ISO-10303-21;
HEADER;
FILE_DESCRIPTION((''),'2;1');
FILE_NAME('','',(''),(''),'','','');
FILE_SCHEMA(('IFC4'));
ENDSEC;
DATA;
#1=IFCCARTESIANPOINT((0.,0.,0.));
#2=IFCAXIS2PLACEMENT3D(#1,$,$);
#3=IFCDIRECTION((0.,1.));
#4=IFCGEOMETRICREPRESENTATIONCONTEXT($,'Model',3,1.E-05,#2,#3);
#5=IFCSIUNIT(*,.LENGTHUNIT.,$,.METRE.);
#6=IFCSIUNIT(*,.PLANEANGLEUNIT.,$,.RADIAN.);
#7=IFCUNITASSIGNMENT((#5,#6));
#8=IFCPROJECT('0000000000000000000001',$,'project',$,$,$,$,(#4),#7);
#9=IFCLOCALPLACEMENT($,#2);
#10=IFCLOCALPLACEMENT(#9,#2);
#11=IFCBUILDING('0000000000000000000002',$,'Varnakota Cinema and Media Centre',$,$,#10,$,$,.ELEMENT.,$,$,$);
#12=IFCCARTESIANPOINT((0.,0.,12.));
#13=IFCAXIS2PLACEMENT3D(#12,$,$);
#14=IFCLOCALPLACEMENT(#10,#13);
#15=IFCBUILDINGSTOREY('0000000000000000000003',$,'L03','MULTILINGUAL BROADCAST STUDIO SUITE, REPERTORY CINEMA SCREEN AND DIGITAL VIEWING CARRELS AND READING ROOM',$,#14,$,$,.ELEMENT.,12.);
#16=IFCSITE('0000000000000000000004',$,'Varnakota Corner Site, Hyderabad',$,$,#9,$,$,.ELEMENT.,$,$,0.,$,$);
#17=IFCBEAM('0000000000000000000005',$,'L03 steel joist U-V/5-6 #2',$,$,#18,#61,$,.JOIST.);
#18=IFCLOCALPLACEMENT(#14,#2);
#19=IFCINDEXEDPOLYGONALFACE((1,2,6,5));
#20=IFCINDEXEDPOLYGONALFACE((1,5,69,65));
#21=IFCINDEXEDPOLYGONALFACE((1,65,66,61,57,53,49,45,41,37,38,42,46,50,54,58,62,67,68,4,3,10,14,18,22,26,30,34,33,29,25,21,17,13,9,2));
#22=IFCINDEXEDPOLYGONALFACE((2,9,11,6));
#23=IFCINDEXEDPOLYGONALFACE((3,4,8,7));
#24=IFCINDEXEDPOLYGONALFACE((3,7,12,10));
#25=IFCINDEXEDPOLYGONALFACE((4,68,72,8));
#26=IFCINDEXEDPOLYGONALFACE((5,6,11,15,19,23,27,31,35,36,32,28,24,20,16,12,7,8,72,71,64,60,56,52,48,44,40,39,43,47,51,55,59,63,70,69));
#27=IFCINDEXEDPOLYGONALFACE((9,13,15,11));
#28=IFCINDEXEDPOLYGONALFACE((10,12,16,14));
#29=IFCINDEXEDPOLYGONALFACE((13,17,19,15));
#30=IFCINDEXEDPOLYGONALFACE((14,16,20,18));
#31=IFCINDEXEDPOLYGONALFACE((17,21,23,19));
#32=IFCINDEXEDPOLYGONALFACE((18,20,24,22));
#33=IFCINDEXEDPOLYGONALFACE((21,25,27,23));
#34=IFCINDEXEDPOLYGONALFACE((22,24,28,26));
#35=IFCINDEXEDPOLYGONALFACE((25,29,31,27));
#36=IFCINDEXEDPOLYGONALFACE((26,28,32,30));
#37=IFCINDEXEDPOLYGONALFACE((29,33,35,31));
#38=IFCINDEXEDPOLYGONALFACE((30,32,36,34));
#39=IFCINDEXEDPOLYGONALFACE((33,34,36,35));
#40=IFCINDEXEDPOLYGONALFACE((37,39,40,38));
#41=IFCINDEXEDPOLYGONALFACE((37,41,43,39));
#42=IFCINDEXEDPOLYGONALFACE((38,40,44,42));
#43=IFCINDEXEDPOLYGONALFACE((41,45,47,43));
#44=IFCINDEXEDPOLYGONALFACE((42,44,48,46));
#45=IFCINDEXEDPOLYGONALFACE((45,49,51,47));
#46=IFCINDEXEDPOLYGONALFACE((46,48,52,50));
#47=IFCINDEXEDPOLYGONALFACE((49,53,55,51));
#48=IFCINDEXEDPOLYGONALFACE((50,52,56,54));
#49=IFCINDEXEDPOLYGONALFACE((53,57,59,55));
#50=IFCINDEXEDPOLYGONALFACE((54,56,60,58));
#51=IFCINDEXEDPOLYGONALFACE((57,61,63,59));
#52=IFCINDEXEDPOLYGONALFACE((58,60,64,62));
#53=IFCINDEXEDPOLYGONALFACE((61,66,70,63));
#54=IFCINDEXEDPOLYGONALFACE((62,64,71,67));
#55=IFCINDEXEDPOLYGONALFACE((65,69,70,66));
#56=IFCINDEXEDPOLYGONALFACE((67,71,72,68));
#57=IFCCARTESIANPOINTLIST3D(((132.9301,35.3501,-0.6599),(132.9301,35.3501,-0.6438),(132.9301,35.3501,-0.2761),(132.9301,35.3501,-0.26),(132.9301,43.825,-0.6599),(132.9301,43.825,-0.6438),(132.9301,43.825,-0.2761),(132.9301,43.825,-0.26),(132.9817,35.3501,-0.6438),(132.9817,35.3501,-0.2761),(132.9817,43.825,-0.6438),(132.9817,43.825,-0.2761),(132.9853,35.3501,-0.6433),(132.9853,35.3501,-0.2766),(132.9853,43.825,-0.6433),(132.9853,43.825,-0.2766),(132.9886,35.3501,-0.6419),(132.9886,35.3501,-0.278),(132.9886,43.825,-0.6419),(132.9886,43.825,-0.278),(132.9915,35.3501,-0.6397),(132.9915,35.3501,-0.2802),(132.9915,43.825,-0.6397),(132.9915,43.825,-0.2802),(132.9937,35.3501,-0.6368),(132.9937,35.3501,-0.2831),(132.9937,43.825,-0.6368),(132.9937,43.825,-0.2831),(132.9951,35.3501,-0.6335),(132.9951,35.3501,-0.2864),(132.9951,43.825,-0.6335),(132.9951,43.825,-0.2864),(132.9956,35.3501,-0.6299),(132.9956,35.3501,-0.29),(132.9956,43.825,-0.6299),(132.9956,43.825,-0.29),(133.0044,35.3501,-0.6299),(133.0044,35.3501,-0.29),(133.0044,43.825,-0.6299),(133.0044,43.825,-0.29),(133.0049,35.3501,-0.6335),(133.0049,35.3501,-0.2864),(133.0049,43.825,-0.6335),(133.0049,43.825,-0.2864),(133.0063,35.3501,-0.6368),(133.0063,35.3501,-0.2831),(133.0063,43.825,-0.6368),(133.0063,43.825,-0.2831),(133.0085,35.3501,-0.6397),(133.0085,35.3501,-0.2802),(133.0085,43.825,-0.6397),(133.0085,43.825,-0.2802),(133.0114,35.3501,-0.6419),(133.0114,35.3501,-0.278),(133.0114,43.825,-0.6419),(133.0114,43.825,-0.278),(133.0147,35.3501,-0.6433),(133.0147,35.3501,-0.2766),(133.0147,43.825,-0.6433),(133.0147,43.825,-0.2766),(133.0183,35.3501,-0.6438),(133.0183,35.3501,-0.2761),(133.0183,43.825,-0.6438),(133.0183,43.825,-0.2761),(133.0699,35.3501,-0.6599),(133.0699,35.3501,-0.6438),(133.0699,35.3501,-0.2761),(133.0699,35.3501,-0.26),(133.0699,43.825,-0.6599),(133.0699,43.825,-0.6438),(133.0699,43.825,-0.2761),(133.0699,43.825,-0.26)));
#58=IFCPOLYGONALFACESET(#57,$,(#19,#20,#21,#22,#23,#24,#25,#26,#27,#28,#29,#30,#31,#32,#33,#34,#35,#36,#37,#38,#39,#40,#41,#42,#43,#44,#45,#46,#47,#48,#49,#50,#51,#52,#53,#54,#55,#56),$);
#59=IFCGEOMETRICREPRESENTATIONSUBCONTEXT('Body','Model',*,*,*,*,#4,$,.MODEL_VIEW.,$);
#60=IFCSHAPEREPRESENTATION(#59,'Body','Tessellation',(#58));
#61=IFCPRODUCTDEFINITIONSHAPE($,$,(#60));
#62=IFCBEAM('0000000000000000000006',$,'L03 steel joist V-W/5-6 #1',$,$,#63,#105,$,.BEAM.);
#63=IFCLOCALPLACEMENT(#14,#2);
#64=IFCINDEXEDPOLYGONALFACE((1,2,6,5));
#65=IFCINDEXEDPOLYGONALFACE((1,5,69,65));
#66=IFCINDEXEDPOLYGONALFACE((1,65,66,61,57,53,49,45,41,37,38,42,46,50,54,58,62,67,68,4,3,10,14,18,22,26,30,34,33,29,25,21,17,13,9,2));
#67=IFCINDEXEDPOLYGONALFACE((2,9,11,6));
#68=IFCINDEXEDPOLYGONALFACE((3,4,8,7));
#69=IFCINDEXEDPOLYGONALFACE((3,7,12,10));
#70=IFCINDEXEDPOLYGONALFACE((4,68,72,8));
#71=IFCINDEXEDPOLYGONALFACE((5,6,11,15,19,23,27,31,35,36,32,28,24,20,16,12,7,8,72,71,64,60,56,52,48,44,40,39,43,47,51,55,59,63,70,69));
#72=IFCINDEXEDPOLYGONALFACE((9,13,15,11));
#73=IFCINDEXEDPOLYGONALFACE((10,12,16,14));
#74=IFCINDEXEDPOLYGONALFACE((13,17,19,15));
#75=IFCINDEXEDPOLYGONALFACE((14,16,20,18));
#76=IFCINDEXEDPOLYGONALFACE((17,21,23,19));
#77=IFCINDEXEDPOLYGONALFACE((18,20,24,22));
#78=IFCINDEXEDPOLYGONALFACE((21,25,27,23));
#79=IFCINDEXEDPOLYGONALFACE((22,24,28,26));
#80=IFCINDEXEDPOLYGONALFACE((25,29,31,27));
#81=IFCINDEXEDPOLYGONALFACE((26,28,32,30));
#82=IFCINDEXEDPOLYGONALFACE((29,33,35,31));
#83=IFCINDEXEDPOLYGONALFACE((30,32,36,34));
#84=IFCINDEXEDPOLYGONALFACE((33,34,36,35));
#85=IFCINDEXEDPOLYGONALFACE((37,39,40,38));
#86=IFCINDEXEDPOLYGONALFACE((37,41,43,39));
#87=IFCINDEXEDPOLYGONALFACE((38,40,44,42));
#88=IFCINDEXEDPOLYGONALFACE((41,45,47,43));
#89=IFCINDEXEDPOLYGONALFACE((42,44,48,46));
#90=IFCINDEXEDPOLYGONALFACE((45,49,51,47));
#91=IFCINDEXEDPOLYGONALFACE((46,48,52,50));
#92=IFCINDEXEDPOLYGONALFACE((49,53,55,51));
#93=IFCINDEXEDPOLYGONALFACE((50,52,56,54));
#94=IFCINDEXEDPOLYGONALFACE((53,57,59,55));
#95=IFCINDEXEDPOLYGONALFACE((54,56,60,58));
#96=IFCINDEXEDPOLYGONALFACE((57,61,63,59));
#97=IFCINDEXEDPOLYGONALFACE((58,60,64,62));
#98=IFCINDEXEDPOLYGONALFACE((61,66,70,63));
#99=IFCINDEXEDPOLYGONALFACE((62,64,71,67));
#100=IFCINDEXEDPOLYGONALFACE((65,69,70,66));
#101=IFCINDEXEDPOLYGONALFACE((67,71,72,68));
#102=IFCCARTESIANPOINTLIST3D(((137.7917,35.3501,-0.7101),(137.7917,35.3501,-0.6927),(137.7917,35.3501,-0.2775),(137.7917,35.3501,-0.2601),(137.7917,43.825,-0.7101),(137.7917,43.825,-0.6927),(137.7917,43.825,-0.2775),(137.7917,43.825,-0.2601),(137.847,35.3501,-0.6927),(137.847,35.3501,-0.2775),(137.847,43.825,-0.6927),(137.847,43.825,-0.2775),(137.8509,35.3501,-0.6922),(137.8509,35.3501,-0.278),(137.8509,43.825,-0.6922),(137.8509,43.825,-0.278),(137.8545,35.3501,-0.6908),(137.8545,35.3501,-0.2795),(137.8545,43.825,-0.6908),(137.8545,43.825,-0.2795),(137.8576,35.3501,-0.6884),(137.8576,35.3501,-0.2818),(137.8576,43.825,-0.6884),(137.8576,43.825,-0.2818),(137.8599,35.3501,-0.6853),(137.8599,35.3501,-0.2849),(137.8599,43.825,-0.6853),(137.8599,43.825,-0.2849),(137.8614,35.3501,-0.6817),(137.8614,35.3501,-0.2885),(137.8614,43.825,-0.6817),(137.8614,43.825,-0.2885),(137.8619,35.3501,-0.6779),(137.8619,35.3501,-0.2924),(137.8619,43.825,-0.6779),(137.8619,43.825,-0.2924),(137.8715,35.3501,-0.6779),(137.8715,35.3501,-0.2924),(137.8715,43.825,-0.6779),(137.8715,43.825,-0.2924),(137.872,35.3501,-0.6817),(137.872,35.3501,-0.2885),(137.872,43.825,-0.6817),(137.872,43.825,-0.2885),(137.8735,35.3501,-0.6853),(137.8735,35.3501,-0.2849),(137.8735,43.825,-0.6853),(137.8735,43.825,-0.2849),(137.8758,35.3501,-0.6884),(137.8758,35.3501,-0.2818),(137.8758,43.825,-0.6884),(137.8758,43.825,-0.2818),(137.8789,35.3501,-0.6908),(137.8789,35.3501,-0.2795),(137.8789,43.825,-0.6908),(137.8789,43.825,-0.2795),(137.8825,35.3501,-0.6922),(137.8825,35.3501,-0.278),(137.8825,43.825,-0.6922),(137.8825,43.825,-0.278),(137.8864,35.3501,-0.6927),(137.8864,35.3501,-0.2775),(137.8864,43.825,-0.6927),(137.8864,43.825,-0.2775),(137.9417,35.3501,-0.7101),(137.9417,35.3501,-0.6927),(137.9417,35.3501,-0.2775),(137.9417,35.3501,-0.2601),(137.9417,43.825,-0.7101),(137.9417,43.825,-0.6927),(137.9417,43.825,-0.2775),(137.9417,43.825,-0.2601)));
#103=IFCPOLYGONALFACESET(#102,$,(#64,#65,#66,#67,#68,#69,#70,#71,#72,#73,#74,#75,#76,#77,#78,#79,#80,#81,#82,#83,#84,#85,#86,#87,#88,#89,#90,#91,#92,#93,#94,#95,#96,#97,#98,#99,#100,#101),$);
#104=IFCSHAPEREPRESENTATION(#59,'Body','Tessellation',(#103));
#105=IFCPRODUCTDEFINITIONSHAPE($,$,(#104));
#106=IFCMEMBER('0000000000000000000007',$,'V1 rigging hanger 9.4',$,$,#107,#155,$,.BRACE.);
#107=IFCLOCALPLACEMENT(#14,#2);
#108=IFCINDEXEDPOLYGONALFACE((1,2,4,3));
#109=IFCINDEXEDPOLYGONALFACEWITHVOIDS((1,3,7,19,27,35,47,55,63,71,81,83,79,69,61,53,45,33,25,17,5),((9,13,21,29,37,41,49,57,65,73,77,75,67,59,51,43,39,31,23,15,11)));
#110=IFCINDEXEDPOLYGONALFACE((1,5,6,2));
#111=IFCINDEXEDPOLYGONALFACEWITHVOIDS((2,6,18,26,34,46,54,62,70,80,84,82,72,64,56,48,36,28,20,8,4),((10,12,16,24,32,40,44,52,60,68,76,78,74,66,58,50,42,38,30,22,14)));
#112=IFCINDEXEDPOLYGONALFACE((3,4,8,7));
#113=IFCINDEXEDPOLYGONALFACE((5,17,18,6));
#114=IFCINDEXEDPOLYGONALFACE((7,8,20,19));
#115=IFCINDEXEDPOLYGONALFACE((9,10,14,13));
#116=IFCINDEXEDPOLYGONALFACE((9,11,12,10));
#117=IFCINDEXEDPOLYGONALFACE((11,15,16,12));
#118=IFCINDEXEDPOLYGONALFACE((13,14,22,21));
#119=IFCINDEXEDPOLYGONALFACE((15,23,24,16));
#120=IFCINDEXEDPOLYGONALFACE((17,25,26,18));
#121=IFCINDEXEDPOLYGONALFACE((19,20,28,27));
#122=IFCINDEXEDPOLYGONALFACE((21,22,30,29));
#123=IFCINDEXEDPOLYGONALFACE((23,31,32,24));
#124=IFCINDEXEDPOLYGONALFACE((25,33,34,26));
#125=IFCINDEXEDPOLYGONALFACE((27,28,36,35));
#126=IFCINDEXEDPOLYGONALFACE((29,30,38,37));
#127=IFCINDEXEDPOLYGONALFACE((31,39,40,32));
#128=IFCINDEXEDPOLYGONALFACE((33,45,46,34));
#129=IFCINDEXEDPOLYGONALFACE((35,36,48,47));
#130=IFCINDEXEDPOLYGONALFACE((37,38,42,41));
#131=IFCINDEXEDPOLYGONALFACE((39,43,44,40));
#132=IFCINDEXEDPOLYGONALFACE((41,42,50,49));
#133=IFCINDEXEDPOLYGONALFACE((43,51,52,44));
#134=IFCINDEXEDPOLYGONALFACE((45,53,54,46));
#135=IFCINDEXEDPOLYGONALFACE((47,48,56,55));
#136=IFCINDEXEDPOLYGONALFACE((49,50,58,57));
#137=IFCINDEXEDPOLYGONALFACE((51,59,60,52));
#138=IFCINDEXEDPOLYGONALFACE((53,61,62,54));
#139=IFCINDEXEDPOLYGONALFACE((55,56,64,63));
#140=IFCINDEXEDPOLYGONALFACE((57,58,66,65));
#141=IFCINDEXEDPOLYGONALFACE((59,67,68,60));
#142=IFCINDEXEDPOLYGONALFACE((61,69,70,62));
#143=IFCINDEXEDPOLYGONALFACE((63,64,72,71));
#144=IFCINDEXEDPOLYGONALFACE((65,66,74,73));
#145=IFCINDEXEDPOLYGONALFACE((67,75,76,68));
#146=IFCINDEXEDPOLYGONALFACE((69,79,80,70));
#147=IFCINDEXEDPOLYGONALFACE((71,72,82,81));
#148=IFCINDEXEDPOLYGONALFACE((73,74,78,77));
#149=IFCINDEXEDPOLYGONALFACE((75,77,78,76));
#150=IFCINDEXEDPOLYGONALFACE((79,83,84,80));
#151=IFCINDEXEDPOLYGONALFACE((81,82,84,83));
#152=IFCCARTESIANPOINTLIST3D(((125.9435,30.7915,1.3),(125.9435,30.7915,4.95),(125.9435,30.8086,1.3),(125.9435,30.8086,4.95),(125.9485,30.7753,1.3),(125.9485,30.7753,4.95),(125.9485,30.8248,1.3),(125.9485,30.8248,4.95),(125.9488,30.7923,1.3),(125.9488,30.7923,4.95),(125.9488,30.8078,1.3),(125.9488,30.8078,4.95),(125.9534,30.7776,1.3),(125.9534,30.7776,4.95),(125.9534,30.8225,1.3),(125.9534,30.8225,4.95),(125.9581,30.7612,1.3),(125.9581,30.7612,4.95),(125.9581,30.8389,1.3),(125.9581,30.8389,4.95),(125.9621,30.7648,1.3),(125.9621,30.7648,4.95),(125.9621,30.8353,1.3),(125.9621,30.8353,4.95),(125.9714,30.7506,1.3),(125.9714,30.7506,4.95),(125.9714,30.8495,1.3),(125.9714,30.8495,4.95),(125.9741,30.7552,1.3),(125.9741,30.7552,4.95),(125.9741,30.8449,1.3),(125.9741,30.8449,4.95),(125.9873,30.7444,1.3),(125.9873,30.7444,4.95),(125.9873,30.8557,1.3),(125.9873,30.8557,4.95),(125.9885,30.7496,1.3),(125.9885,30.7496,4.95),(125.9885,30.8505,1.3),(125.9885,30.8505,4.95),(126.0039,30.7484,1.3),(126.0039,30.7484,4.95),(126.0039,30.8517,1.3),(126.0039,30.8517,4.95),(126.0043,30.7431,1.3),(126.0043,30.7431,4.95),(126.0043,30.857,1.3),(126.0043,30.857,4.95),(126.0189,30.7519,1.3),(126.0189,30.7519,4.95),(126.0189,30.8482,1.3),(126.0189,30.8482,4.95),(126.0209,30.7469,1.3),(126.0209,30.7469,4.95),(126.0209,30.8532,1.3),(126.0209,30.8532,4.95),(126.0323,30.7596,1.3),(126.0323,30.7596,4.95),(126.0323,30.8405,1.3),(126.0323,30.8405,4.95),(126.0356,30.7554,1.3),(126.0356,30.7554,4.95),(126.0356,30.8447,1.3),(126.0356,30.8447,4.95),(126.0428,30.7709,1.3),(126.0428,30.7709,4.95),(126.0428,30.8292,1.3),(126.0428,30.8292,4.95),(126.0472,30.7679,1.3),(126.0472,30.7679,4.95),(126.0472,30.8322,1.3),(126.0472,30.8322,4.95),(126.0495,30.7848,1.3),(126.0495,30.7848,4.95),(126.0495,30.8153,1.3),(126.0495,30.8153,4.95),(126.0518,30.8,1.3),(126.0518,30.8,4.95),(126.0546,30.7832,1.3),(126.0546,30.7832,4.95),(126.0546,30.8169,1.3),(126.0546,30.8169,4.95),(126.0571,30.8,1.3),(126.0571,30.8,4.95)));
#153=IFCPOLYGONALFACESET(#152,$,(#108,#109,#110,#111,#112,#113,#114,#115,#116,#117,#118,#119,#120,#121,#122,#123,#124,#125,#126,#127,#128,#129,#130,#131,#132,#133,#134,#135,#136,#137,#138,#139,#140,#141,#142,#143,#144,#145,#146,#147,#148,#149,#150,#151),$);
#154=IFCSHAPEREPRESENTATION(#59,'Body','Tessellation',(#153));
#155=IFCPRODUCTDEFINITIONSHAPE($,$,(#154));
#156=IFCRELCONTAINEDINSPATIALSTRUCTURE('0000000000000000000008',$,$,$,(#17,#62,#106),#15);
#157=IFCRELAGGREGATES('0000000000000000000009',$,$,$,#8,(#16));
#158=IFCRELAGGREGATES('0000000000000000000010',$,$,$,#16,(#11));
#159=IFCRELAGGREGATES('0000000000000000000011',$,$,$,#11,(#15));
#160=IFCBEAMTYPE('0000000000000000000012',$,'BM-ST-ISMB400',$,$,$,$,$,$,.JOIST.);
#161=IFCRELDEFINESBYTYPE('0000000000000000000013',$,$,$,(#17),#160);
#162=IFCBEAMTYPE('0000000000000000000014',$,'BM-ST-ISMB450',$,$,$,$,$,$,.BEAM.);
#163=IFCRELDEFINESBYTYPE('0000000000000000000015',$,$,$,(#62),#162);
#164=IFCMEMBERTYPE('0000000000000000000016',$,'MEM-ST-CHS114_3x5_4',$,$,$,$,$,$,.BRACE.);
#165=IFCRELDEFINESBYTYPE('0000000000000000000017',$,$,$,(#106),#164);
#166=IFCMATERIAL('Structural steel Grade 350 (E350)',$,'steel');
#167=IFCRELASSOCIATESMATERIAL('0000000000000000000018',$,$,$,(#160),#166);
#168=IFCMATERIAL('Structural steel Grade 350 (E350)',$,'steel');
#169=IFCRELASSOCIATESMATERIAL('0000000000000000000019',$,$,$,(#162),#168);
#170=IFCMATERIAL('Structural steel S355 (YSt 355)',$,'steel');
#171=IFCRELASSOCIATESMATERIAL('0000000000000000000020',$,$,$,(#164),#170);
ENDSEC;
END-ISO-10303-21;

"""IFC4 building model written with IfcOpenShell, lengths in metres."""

from ifc_helpers import new_model, si_unit, direction, frame, origin, origin_2d, place, context, subcontext, project, spatial, hollow_circle, i_section, extrude, material, material_profile, profile_set, type_object, element, save


model = new_model("IFC4")

# Units and contexts
model_context = context("Model", 3, precision=1e-05, world=origin(), true_north=direction((0.0, 1.0)))
body_context = subcontext(model_context, "Body", "Model", "MODEL_VIEW")
ifc_project = project(units=[si_unit("LENGTHUNIT", "METRE"), si_unit("PLANEANGLEUNIT", "RADIAN")], contexts=[model_context])

# Site, building, storey
site_placement = place(None, origin())
site = spatial("IfcSite", under=ifc_project, at=site_placement, Name="Varnakota Corner Site, Hyderabad", CompositionType="ELEMENT", RefElevation=0.0)
building_placement = place(site_placement, origin())
building = spatial("IfcBuilding", under=site, at=building_placement, Name="Varnakota Cinema and Media Centre", CompositionType="ELEMENT")
storey_placement = place(building_placement, frame((0.0, 0.0, 12.0)))
storey = spatial("IfcBuildingStorey", under=building, at=storey_placement, Name="L03", Description="MULTILINGUAL BROADCAST STUDIO SUITE, REPERTORY CINEMA SCREEN AND DIGITAL VIEWING CARRELS AND READING ROOM", CompositionType="ELEMENT", Elevation=12.0)

# Beams
ifc_material_1 = material(Name="Structural steel Grade 350 (E350)", Category="steel")
ifc_material_profile_1 = material_profile(ifc_material_1, i_section(OverallWidth=0.1399, OverallDepth=0.3999, WebThickness=0.0088, FlangeThickness=0.0161, FilletRadius=0.0139, at=origin_2d()), Name="ISMB 400")
ifc_profile_set_1 = profile_set([ifc_material_profile_1], Name="Structural steel Grade 350 (E350)")
beam_type_1 = type_object("IfcBeamType", Name="BM-ST-ISMB400", PredefinedType="JOIST", material=ifc_profile_set_1)
for number, where, z_axis, x_axis, name in (
    (1, (133.0, 35.3501, -0.46), (0.0, 1.0, 0.0), (-1.0, 0.0, 0.0), "L03 steel joist U-V/5-6 #2"),
):
    element("IfcBeam", number, at=place(storey_placement, frame(where, z_axis=z_axis, x_axis=x_axis)), inside=storey, type_object=beam_type_1, Name=name, PredefinedType="JOIST", context=body_context, shape_type="SweptSolid", body=[
        extrude(i_section(OverallWidth=0.1399, OverallDepth=0.3999, WebThickness=0.0088, FlangeThickness=0.0161, FilletRadius=0.0139, at=origin_2d()), origin(), (0.0, 0.0, 1.0), 8.4749),
    ])
ifc_material_2 = material(Name="Structural steel Grade 350 (E350)", Category="steel")
ifc_material_profile_2 = material_profile(ifc_material_2, i_section(OverallWidth=0.1499, OverallDepth=0.45, WebThickness=0.0095, FlangeThickness=0.0173, FilletRadius=0.0149, at=origin_2d()), Name="ISMB 450")
ifc_profile_set_2 = profile_set([ifc_material_profile_2], Name="Structural steel Grade 350 (E350)")
beam_type_2 = type_object("IfcBeamType", Name="BM-ST-ISMB450", PredefinedType="BEAM", material=ifc_profile_set_2)
beam_1_placement = place(storey_placement, frame((137.8667, 35.3501, -0.4851), z_axis=(0.0, 1.0, 0.0), x_axis=(-1.0, 0.0, 0.0)))
element("IfcBeam", 2, at=beam_1_placement, inside=storey, type_object=beam_type_2, Name="L03 steel joist V-W/5-6 #1", PredefinedType="BEAM", context=body_context, shape_type="SweptSolid", body=[
    extrude(i_section(OverallWidth=0.1499, OverallDepth=0.45, WebThickness=0.0095, FlangeThickness=0.0173, FilletRadius=0.0149, at=origin_2d()), origin(), (0.0, 0.0, 1.0), 8.4749),
])

# Member
ifc_material_3 = material(Name="Structural steel S355 (YSt 355)", Category="steel")
ifc_material_profile_3 = material_profile(ifc_material_3, hollow_circle(Radius=0.0571, WallThickness=0.0054, at=origin_2d()), Name="CHS 114.3x5.4")
ifc_profile_set_3 = profile_set([ifc_material_profile_3], Name="Structural steel S355 (YSt 355)")
member_type_1 = type_object("IfcMemberType", Name="MEM-ST-CHS114_3x5_4", PredefinedType="BRACE", material=ifc_profile_set_3)
member_1_placement = place(storey_placement, frame((126.0, 30.8, 1.3), z_axis=(0.0, 0.0, 1.0), x_axis=(1.0, 0.0, 0.0)))
element("IfcMember", 3, at=member_1_placement, inside=storey, type_object=member_type_1, Name="V1 rigging hanger 9.4", PredefinedType="BRACE", context=body_context, shape_type="SweptSolid", body=[
    extrude(hollow_circle(Radius=0.0571, WallThickness=0.0054, at=origin_2d()), origin(), (0.0, 0.0, 1.0), 3.6499),
])

save(model, "model.ifc")
